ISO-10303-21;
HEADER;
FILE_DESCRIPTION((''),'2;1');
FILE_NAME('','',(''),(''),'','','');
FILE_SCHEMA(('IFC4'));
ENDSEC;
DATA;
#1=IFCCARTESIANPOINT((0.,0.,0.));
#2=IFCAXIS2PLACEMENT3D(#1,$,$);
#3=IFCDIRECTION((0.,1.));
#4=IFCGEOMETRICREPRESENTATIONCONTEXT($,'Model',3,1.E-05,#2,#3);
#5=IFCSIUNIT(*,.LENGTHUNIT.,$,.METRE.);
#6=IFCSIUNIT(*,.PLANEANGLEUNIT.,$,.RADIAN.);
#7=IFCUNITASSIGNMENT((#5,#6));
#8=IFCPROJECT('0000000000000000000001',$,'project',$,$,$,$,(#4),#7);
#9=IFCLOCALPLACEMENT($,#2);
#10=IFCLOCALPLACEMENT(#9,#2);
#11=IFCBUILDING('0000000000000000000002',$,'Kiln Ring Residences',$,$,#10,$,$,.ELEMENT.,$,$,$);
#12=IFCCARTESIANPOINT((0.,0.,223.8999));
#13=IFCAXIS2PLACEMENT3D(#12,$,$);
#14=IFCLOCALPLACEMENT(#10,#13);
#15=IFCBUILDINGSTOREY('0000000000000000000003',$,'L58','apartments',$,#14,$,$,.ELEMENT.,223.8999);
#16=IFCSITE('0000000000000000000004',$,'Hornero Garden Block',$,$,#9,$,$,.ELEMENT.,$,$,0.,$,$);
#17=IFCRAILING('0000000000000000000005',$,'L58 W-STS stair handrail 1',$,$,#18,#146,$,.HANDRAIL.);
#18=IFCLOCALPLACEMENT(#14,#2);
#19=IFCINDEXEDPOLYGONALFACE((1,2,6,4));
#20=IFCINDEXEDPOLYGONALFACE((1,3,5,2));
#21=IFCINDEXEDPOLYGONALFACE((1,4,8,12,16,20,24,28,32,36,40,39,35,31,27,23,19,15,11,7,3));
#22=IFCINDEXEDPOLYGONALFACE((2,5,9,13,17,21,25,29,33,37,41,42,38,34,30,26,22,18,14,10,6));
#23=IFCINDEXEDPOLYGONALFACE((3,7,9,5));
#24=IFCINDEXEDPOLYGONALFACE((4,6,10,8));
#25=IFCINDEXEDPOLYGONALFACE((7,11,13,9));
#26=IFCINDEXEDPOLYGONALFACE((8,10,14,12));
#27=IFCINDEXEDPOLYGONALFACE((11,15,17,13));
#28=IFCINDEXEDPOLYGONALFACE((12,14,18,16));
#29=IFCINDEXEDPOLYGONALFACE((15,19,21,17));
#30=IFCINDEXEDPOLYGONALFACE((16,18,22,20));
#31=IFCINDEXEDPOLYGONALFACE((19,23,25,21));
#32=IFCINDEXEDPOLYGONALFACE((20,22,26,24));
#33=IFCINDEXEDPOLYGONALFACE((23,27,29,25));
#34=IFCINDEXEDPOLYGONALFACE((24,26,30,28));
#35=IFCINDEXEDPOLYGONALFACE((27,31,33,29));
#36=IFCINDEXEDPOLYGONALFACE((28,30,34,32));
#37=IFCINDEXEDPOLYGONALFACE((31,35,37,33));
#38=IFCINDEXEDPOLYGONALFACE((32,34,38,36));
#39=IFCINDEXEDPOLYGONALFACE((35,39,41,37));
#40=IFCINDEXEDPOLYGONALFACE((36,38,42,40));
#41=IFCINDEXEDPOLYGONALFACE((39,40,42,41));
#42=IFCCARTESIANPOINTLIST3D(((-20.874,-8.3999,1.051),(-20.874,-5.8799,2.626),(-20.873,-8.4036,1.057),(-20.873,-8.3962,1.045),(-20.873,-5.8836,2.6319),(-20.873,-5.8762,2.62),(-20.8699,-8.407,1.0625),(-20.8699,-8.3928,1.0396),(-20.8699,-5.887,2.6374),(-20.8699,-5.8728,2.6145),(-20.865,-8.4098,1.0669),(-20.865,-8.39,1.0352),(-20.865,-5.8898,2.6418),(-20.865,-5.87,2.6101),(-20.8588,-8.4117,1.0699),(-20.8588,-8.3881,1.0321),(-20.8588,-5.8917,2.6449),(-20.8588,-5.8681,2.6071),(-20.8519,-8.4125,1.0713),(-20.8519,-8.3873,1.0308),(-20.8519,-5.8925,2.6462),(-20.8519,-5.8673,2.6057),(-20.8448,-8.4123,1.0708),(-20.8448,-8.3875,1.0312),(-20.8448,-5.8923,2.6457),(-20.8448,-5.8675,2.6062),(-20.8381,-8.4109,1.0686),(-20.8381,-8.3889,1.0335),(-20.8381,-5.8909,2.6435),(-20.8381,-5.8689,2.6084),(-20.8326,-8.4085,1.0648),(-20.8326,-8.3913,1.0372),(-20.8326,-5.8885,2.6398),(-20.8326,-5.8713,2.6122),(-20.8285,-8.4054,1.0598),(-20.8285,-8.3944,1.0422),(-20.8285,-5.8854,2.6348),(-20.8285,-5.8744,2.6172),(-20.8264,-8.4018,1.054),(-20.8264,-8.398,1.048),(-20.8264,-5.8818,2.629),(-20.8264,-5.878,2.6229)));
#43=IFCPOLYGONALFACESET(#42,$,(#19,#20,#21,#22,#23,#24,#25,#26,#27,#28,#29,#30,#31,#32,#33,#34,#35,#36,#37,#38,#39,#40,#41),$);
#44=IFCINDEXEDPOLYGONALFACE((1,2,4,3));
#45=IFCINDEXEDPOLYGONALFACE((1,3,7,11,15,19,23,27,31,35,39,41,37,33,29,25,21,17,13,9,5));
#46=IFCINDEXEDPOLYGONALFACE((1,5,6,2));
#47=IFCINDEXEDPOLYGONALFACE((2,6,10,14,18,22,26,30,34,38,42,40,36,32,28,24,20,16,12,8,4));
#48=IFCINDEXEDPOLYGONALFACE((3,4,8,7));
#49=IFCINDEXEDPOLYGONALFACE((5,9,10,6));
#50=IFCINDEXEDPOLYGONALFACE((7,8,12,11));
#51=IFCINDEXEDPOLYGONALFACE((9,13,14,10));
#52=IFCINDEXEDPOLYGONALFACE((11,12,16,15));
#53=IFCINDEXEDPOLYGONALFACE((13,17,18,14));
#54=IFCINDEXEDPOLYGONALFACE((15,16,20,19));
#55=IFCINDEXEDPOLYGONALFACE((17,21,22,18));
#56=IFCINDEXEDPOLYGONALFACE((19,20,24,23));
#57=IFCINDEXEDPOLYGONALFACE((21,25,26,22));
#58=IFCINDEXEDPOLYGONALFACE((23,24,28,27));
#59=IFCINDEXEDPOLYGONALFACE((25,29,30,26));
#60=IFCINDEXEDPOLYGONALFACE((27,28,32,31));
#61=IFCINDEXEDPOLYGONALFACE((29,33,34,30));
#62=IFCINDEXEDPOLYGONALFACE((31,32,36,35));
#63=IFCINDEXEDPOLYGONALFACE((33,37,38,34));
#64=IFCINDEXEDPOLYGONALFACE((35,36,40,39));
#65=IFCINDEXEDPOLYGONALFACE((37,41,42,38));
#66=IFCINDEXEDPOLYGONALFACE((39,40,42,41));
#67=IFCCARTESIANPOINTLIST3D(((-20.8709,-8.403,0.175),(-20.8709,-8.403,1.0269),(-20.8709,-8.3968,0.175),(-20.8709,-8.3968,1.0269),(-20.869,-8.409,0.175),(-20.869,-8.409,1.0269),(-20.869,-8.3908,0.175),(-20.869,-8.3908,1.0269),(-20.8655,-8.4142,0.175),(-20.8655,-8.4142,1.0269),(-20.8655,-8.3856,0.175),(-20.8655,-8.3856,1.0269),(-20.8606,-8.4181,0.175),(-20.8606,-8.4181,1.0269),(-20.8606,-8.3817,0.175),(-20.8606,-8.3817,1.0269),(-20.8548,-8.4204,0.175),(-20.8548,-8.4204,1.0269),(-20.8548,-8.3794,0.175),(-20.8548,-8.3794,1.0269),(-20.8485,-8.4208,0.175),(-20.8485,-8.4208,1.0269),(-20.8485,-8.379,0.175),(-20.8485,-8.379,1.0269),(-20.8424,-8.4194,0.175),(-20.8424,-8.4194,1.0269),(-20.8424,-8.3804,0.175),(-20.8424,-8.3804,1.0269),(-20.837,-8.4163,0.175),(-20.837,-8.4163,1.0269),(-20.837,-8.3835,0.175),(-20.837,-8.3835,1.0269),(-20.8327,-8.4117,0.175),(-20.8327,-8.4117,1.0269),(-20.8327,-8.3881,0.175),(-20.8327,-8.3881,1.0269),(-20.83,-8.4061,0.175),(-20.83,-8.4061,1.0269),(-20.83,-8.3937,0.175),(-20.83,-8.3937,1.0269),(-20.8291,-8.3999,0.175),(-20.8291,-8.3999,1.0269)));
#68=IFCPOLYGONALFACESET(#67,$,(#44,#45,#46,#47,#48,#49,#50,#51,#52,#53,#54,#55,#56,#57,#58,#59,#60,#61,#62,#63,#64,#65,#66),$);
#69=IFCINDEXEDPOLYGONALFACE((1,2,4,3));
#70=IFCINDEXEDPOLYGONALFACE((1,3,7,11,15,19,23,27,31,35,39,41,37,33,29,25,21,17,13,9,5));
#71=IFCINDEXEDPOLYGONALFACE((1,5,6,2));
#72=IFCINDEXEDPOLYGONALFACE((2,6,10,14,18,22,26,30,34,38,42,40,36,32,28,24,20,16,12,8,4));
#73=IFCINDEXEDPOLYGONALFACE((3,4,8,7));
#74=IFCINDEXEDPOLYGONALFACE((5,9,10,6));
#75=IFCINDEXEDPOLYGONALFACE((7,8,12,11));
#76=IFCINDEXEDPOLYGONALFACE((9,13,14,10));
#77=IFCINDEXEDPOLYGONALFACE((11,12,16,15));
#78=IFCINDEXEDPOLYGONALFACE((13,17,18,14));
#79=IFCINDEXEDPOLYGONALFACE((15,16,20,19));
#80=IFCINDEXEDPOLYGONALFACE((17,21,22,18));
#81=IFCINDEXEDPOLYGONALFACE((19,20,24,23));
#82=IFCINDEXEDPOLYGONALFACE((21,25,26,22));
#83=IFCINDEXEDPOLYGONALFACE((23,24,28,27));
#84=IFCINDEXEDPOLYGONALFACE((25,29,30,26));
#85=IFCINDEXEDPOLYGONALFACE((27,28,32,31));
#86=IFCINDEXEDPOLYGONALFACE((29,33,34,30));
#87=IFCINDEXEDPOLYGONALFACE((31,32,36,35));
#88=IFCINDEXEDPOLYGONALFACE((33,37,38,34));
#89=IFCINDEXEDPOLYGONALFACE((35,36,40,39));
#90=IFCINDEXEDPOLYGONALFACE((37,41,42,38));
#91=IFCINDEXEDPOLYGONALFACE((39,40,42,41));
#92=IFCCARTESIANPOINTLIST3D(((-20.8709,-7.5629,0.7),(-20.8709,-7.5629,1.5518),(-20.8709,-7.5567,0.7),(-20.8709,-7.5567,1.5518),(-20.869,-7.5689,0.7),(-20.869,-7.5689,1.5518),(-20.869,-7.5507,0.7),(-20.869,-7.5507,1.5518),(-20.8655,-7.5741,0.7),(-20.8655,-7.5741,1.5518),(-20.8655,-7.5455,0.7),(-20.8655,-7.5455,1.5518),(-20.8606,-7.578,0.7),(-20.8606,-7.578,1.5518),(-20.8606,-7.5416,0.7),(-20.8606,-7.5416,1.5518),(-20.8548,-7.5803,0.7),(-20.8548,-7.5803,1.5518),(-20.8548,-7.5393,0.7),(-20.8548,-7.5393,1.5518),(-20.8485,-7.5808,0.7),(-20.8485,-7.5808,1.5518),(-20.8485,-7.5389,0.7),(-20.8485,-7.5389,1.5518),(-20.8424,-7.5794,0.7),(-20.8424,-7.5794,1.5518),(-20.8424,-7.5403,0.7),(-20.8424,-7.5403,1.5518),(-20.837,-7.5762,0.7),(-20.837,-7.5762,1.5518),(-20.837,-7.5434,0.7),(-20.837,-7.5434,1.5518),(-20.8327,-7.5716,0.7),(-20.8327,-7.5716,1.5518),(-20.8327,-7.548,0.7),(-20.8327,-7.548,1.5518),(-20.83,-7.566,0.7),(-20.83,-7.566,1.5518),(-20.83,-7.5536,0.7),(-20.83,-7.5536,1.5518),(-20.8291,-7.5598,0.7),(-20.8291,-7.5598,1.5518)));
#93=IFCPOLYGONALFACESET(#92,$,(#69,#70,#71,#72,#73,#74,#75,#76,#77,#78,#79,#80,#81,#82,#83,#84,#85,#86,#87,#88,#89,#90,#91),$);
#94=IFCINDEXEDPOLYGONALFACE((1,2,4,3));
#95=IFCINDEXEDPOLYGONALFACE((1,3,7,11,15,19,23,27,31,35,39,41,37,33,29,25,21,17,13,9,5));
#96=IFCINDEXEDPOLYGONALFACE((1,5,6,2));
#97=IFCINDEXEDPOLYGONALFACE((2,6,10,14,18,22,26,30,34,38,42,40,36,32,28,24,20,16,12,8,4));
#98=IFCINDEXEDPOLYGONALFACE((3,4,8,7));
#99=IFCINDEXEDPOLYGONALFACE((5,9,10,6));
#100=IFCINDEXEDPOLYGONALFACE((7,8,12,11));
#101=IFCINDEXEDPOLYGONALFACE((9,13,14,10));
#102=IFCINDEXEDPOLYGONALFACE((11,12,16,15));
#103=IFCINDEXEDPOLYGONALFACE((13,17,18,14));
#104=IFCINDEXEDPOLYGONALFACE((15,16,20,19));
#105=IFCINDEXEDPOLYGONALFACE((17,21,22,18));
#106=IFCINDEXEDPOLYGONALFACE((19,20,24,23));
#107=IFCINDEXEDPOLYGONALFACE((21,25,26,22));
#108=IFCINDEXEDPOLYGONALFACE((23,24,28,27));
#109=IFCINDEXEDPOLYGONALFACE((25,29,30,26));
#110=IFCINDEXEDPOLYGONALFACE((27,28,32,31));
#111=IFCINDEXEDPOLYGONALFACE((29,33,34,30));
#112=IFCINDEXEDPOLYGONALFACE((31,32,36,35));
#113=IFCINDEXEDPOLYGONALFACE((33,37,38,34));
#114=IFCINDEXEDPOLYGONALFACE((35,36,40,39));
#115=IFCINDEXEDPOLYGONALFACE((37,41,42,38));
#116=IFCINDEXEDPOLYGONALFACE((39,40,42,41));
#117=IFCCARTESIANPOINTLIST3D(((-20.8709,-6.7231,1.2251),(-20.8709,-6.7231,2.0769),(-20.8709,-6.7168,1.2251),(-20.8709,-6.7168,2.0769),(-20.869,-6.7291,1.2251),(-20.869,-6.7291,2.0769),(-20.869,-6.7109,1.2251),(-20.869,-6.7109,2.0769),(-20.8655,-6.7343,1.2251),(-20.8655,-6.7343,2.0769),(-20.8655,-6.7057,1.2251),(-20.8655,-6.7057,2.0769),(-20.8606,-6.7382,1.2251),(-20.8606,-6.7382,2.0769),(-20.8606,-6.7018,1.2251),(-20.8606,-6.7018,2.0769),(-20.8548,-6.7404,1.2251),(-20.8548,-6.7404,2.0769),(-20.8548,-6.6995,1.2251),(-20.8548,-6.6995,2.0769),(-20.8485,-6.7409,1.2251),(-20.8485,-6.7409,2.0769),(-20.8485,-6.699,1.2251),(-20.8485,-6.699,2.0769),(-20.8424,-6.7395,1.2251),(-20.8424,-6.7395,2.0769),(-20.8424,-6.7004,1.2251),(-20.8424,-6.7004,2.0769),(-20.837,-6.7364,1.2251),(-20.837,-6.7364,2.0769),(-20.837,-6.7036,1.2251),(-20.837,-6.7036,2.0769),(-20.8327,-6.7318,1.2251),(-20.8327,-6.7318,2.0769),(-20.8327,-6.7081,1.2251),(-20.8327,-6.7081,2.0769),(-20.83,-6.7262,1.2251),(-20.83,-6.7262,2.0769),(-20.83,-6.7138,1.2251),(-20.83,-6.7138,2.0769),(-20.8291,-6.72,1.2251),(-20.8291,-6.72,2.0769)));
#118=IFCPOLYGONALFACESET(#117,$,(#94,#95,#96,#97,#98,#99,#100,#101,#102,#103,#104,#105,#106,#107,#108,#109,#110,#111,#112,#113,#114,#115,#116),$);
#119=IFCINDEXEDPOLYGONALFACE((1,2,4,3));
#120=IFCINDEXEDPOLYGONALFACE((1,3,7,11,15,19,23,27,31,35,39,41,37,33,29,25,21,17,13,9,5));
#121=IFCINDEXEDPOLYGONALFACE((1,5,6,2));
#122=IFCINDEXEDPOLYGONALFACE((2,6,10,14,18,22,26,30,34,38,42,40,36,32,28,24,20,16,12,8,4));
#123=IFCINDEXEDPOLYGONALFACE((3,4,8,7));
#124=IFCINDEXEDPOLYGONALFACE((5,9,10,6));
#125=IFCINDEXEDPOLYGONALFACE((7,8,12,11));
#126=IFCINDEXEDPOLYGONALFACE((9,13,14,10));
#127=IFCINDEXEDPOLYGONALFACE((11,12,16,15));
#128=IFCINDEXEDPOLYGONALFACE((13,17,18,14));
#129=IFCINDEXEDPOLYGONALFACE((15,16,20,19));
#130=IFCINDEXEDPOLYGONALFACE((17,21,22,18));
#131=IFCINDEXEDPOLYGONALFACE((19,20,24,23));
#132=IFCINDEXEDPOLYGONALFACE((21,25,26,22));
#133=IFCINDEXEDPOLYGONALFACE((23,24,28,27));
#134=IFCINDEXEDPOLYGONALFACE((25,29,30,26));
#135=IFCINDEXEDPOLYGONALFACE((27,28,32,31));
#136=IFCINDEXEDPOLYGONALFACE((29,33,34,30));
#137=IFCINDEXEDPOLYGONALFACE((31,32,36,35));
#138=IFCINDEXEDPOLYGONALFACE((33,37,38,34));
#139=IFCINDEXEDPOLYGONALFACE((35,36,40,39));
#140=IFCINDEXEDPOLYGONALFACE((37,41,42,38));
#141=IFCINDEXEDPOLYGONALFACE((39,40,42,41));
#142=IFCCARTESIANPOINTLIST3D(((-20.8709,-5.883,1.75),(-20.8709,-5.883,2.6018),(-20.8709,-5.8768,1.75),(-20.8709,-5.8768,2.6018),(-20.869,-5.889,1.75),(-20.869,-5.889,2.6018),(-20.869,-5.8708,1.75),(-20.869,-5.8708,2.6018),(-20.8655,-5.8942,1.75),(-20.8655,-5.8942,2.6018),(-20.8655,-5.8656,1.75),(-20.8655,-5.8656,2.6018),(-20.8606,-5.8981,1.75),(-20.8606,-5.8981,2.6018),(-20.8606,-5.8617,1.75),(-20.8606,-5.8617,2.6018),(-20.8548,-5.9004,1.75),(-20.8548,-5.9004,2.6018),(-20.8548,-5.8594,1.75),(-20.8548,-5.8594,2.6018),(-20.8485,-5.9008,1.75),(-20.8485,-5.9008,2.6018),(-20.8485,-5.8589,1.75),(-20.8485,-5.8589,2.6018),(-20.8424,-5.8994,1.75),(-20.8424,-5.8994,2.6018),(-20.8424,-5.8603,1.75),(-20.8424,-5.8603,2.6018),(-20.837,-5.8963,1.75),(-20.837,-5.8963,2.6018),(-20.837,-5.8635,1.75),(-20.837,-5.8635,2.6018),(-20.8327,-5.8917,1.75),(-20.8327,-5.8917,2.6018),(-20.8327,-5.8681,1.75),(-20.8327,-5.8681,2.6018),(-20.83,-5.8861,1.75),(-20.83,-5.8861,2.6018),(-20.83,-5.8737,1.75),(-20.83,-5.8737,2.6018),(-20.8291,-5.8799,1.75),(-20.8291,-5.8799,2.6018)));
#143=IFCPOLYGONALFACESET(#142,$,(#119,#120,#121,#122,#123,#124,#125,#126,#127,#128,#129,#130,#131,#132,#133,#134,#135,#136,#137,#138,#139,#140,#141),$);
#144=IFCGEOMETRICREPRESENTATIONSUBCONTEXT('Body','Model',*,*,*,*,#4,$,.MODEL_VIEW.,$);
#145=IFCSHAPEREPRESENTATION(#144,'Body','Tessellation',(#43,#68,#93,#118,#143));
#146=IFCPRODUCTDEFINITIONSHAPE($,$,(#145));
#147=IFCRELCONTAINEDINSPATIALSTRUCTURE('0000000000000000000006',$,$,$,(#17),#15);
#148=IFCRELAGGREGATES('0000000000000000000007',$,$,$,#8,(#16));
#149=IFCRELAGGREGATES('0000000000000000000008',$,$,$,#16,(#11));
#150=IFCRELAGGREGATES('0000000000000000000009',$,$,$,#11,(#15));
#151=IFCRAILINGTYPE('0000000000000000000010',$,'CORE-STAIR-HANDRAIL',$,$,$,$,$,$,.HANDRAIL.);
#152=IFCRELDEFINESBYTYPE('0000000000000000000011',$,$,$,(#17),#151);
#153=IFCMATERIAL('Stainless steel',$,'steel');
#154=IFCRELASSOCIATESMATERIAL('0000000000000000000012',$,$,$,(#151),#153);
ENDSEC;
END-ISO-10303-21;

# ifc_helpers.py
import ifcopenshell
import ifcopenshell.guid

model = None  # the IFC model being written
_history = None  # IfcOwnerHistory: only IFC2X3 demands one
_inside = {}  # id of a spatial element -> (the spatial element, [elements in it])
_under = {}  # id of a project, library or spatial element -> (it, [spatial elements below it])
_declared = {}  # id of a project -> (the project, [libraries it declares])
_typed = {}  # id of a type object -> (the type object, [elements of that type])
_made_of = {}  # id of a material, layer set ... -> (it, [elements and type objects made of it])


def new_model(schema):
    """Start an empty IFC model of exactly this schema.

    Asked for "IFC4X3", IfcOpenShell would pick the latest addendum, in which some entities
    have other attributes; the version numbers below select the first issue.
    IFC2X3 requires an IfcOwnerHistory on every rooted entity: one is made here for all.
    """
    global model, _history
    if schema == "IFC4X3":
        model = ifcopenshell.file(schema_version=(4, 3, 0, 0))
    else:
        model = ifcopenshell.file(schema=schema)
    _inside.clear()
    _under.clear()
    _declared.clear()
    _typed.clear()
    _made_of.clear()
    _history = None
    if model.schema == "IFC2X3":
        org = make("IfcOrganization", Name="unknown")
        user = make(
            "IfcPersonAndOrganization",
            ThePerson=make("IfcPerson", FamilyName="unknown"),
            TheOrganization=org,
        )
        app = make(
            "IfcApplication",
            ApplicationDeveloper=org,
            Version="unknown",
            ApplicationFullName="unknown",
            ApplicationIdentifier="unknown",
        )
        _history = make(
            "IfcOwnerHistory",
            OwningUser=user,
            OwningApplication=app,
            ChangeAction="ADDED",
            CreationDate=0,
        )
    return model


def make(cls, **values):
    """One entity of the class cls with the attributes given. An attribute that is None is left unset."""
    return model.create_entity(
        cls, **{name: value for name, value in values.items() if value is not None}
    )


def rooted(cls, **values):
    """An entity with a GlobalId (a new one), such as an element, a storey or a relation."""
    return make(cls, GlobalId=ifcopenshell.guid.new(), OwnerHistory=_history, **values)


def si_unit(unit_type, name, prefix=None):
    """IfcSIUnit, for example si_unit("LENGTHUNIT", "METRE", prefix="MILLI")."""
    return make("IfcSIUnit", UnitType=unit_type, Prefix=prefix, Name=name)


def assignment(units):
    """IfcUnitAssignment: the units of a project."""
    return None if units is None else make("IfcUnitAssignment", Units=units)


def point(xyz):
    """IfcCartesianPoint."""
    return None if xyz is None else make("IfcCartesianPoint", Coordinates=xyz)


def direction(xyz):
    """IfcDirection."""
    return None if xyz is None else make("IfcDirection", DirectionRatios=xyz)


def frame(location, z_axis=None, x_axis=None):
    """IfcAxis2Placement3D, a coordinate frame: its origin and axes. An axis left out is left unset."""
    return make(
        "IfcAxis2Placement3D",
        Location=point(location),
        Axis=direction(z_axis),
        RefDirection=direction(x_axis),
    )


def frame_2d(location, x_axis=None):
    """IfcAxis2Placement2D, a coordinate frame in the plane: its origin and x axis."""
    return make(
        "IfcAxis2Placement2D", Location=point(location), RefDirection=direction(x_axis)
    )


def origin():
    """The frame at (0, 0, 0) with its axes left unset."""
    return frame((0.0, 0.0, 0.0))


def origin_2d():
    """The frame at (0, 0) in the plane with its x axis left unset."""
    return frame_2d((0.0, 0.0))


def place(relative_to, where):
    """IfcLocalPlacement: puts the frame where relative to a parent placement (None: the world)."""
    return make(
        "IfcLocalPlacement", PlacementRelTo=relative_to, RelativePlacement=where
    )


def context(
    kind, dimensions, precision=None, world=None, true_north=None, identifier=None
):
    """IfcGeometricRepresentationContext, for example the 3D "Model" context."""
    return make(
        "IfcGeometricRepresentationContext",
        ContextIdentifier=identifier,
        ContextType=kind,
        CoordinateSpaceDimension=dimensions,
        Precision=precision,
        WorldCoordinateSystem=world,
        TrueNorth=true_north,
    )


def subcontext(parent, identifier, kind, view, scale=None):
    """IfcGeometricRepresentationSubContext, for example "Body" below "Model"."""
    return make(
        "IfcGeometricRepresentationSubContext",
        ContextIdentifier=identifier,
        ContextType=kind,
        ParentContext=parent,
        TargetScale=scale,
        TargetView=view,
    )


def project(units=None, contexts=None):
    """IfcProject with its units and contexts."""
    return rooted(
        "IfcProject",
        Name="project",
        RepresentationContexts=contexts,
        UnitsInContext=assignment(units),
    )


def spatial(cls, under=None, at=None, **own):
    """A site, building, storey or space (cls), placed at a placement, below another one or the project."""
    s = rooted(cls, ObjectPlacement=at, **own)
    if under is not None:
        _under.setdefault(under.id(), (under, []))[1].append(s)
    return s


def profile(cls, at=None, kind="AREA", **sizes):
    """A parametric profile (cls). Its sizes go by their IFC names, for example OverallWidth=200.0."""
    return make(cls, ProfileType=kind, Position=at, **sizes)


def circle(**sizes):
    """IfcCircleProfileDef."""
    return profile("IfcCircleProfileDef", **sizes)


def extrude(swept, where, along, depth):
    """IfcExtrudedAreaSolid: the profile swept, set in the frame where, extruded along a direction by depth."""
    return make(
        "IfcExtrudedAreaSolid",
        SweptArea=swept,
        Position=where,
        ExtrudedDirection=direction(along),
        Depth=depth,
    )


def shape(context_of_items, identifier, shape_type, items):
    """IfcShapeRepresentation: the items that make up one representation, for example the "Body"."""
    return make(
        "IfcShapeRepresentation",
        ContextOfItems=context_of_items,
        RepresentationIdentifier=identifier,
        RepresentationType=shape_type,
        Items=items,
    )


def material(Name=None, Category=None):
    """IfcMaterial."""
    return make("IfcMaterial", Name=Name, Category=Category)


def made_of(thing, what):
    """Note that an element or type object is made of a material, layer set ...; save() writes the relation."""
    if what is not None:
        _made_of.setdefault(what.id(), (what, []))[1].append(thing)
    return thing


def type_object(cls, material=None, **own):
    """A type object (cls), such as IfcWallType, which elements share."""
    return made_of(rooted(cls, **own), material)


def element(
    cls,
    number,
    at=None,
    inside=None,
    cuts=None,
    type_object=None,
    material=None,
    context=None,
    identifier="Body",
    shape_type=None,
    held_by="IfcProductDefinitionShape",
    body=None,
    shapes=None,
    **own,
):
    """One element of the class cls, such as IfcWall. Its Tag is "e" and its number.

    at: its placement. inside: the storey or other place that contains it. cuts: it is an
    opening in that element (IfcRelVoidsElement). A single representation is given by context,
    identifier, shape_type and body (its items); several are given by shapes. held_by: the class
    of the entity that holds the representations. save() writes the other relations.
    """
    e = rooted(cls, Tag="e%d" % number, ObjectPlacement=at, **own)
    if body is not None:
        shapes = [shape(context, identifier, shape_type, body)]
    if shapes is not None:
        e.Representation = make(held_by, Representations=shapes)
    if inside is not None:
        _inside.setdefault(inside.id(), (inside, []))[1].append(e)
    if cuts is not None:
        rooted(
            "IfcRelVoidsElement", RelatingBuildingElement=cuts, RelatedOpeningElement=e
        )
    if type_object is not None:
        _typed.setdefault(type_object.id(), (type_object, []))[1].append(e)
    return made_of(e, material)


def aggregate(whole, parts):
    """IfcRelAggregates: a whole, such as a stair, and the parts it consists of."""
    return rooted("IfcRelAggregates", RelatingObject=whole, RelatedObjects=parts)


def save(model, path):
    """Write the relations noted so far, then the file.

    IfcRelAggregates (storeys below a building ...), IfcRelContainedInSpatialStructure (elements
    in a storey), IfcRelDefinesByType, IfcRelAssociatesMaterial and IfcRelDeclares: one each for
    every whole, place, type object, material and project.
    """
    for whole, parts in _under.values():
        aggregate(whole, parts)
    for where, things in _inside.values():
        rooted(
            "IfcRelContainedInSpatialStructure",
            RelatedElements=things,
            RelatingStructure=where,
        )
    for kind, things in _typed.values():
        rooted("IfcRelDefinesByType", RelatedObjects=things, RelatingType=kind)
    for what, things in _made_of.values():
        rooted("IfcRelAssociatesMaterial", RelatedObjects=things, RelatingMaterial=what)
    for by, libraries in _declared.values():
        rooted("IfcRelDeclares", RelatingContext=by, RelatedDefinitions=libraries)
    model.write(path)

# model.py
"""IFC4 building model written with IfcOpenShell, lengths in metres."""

from ifc_helpers import new_model, si_unit, direction, frame, origin, origin_2d, place, context, subcontext, project, spatial, circle, extrude, material, type_object, element, save


model = new_model("IFC4")

# Units and contexts
model_context = context("Model", 3, precision=1e-05, world=origin(), true_north=direction((0.0, 1.0)))
body_context = subcontext(model_context, "Body", "Model", "MODEL_VIEW")
ifc_project = project(units=[si_unit("LENGTHUNIT", "METRE"), si_unit("PLANEANGLEUNIT", "RADIAN")], contexts=[model_context])

# Site, building, storey
site_placement = place(None, origin())
site = spatial("IfcSite", under=ifc_project, at=site_placement, Name="Hornero Garden Block", CompositionType="ELEMENT", RefElevation=0.0)
building_placement = place(site_placement, origin())
building = spatial("IfcBuilding", under=site, at=building_placement, Name="Kiln Ring Residences", CompositionType="ELEMENT")
storey_placement = place(building_placement, frame((0.0, 0.0, 223.8999)))
storey = spatial("IfcBuildingStorey", under=building, at=storey_placement, Name="L58", Description="apartments", CompositionType="ELEMENT", Elevation=223.8999)

# Railing
ifc_material_1 = material(Name="Stainless steel", Category="steel")
railing_type_1 = type_object("IfcRailingType", Name="CORE-STAIR-HANDRAIL", PredefinedType="HANDRAIL", material=ifc_material_1)
railing_1_placement = place(storey_placement, frame((-20.8501, -8.3999, 0.175)))
element("IfcRailing", 1, at=railing_1_placement, inside=storey, type_object=railing_type_1, Name="L58 W-STS stair handrail 1", PredefinedType="HANDRAIL", context=body_context, shape_type="SweptSolid", body=[
    extrude(circle(Radius=0.0239, at=origin_2d()), frame((0.0, 0.0, 0.876), z_axis=(0.0, 0.848008, 0.529984), x_axis=(-1.0, 0.0, 0.0)), (0.0, 0.0, 1.0), 2.9717),
    extrude(circle(Radius=0.021, at=origin_2d()), origin(), (0.0, 0.0, 1.0), 0.8518),
    extrude(circle(Radius=0.021, at=origin_2d()), frame((0.0, 0.8401, 0.5249)), (0.0, 0.0, 1.0), 0.8518),
    extrude(circle(Radius=0.021, at=origin_2d()), frame((0.0, 1.6799, 1.05)), (0.0, 0.0, 1.0), 0.8518),
    extrude(circle(Radius=0.021, at=origin_2d()), frame((0.0, 2.52, 1.575)), (0.0, 0.0, 1.0), 0.8518),
])

save(model, "model.ifc")
